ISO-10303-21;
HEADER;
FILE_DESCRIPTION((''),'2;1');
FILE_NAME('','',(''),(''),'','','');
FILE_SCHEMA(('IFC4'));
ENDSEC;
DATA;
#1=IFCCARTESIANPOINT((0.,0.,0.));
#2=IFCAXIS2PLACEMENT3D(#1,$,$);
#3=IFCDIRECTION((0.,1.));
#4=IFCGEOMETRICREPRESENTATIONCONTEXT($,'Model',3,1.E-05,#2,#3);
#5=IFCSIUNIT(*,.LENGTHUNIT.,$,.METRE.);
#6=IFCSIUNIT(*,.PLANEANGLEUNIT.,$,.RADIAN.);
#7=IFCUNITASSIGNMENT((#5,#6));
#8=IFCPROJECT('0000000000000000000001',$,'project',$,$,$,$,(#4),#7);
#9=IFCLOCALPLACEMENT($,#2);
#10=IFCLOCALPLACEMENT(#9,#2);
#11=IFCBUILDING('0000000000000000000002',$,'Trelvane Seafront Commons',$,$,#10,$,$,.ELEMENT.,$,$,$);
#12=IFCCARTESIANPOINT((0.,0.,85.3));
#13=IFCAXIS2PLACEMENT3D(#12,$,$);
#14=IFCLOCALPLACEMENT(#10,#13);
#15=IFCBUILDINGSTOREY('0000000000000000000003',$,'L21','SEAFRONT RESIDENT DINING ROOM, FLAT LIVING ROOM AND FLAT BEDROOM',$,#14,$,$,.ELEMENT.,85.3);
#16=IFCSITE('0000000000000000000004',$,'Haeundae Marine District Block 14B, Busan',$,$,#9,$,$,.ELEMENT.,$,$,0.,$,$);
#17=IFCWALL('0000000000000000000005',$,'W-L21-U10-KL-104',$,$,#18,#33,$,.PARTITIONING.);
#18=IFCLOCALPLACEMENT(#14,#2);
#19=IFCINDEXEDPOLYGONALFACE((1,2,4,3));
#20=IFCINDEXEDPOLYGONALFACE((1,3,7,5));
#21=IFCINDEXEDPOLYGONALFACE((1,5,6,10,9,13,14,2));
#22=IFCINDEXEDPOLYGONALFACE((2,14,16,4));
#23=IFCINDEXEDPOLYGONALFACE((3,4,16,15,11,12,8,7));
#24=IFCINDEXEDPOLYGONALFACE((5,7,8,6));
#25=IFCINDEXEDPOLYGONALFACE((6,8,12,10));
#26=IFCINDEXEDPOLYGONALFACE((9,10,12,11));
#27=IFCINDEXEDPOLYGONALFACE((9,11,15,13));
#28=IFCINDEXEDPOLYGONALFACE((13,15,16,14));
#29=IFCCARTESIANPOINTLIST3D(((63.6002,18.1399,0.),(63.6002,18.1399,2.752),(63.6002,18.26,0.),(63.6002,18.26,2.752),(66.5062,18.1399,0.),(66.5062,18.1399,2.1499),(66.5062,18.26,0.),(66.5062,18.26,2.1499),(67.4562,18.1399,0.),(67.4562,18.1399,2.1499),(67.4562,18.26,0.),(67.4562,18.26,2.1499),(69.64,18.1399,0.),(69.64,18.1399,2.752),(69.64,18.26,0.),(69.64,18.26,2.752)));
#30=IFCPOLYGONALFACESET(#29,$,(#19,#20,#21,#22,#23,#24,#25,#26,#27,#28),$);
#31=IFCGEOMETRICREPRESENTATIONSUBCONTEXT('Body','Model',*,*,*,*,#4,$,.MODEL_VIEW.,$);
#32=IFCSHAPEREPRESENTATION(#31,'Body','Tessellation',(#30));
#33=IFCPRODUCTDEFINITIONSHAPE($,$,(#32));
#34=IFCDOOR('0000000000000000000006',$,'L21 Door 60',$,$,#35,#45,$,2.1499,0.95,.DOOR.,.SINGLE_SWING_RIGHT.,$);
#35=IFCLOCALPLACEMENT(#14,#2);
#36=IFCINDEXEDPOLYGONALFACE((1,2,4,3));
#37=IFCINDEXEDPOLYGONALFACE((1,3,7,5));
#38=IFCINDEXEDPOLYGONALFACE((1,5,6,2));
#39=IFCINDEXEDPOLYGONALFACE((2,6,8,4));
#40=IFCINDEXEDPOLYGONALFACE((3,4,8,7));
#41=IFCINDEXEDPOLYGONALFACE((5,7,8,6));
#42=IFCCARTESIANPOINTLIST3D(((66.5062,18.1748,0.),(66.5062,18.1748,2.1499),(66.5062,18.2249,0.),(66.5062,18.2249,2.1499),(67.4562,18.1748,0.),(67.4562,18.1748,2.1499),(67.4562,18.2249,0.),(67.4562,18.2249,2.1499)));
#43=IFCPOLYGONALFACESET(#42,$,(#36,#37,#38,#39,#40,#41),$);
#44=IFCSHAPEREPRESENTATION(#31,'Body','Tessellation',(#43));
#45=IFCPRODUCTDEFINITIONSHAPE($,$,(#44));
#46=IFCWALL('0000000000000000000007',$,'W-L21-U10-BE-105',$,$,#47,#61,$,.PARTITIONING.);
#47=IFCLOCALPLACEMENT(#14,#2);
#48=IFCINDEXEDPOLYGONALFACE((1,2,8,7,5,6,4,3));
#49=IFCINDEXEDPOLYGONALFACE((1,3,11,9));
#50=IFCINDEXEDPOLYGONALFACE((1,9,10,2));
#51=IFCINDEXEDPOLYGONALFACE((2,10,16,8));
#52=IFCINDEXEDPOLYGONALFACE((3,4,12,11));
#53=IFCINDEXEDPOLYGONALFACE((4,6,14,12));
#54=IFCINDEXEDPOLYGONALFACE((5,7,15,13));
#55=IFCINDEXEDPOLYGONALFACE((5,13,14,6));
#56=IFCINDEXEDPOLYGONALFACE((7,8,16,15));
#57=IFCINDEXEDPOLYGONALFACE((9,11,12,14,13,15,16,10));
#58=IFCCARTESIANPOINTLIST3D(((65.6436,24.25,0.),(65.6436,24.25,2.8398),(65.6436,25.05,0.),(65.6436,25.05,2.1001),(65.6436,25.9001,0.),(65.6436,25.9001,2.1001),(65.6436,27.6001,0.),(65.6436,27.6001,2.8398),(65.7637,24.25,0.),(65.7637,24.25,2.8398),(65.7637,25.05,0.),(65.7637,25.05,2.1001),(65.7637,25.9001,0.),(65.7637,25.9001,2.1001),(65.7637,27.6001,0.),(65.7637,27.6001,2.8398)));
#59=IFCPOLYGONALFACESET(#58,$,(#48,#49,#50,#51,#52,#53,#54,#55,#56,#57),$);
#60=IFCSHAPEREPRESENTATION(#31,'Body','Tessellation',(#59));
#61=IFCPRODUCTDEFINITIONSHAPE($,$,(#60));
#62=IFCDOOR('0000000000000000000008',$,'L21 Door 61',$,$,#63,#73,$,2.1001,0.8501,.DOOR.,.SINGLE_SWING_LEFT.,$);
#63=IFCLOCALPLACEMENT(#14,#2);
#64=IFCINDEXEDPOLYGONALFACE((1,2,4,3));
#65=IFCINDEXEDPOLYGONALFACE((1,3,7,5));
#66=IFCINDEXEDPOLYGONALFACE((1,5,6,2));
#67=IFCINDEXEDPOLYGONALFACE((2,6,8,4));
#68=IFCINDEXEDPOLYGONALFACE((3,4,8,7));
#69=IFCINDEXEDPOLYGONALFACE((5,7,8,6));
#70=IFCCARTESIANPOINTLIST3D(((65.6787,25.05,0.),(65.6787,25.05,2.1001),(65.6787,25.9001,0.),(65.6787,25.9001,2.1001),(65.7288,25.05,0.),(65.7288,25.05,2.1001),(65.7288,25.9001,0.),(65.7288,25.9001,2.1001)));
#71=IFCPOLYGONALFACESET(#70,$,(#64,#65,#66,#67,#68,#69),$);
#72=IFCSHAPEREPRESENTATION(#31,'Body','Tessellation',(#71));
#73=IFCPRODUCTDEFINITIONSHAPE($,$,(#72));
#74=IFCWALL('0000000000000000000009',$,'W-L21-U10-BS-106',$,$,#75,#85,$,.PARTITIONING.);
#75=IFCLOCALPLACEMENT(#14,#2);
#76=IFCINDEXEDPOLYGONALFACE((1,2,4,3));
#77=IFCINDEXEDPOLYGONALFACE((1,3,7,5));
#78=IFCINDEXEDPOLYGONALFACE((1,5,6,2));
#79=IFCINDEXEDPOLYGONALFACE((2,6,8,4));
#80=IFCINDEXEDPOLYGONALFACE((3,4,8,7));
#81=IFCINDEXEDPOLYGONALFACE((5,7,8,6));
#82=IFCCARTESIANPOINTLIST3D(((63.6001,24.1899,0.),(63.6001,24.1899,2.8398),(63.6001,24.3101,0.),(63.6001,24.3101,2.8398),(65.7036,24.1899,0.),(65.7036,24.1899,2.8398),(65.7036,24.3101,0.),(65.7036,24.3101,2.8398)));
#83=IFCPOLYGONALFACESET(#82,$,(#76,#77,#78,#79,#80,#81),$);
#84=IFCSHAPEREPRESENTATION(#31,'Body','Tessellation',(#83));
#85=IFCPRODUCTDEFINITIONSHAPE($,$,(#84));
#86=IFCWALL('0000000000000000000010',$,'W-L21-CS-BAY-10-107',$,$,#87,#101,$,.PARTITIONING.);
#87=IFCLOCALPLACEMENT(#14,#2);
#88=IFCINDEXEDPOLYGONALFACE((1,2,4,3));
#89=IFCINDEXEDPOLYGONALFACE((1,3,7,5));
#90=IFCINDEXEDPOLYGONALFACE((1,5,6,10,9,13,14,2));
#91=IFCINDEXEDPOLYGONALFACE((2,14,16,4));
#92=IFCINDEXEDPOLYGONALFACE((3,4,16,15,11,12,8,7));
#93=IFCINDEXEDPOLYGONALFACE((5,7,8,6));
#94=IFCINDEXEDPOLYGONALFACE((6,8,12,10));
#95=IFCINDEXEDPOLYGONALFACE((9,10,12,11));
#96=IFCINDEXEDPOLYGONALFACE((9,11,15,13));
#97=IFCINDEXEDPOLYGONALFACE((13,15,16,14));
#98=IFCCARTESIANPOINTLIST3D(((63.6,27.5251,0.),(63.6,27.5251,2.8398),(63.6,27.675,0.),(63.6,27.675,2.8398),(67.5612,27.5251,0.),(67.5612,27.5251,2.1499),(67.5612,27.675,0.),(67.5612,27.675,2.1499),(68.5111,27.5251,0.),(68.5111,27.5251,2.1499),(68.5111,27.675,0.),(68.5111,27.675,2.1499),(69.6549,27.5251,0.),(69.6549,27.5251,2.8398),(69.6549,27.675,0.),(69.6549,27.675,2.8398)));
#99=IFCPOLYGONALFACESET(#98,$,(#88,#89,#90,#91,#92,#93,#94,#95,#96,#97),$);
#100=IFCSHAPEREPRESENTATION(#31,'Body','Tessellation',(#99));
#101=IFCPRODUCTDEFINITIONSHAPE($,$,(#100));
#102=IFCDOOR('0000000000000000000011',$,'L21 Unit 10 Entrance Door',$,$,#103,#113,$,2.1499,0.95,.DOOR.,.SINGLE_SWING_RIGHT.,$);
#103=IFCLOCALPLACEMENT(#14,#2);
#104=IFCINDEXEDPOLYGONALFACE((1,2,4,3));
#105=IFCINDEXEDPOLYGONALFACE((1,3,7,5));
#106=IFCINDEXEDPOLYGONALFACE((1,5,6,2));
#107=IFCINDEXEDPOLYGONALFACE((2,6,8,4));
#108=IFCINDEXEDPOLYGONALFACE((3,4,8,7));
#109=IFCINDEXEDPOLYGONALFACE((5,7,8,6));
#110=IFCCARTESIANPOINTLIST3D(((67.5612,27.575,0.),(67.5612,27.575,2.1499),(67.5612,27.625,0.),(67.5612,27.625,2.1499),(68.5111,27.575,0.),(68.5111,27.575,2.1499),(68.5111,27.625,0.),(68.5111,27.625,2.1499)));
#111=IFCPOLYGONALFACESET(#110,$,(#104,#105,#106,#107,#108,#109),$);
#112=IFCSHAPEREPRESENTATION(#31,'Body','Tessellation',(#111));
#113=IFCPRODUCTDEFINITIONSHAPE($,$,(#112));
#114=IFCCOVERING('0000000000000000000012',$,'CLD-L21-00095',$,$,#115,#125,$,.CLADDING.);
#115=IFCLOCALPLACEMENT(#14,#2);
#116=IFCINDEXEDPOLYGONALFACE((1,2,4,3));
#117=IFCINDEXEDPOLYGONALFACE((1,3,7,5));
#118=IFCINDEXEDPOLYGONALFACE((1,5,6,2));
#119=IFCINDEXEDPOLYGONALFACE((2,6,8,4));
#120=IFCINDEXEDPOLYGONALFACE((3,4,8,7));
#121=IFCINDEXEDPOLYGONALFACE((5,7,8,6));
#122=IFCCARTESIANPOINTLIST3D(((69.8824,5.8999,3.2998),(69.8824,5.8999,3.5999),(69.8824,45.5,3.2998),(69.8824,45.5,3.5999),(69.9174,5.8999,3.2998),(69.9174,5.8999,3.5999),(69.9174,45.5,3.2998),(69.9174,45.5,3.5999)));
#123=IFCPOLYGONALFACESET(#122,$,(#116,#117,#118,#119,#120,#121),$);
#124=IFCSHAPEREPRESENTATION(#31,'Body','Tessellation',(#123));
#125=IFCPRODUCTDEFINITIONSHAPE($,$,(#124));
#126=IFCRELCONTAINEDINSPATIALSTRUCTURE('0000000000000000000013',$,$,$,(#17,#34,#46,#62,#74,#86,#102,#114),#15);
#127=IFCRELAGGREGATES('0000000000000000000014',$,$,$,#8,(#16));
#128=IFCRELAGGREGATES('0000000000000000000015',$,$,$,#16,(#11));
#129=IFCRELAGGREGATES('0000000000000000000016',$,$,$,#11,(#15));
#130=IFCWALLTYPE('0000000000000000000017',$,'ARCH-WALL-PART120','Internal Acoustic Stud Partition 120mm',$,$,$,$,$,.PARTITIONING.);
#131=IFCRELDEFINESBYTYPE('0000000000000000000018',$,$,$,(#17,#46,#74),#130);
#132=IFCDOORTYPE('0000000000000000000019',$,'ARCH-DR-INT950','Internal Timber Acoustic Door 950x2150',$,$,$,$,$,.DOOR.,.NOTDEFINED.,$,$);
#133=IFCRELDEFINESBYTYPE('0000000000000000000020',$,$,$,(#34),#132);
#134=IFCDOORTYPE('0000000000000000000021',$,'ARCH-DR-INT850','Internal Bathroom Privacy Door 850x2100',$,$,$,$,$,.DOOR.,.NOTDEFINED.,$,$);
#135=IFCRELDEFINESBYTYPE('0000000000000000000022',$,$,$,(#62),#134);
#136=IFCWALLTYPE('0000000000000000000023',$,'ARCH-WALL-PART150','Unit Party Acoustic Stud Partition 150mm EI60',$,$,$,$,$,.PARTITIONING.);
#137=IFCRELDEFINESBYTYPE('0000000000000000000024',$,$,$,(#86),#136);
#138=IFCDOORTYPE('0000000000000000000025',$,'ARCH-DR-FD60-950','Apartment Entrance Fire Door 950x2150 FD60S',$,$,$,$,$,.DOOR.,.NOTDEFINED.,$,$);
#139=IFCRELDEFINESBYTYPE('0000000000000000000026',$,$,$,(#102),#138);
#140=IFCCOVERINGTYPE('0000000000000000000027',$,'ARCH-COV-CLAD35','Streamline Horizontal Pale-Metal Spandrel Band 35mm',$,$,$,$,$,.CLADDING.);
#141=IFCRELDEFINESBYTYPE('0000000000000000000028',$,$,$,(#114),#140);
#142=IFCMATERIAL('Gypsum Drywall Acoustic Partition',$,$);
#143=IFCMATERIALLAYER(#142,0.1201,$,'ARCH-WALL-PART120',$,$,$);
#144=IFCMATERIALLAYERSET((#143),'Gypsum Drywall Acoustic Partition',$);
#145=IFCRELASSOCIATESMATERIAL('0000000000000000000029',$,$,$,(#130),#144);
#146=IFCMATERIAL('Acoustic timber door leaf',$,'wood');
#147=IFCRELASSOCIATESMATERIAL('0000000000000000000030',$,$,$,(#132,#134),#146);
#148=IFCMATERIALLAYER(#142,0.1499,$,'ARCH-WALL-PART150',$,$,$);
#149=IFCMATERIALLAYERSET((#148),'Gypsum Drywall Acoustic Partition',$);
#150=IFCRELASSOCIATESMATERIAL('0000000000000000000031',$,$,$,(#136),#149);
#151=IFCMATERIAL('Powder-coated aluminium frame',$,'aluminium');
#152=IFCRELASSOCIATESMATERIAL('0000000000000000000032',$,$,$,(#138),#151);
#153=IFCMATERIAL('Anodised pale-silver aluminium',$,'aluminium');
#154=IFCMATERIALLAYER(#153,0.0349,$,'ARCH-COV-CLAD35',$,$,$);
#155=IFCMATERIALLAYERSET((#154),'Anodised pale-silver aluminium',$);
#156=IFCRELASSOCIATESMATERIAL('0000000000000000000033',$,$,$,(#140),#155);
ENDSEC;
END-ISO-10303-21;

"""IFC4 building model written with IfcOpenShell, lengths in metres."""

from ifc_helpers import new_model, si_unit, direction, frame, frame_2d, origin, origin_2d, place, context, subcontext, project, spatial, rectangle, extrude, source, transform, mapped, material, layer, layer_set, type_object, element, fill, save


model = new_model("IFC4")

# Units and contexts
model_context = context("Model", 3, precision=1e-05, world=origin(), true_north=direction((0.0, 1.0)))
body_context = subcontext(model_context, "Body", "Model", "MODEL_VIEW")
ifc_project = project(units=[si_unit("LENGTHUNIT", "METRE"), si_unit("PLANEANGLEUNIT", "RADIAN")], contexts=[model_context])

# Site, building, storey
site_placement = place(None, origin())
site = spatial("IfcSite", under=ifc_project, at=site_placement, Name="Haeundae Marine District Block 14B, Busan", CompositionType="ELEMENT", RefElevation=0.0)
building_placement = place(site_placement, origin())
building = spatial("IfcBuilding", under=site, at=building_placement, Name="Trelvane Seafront Commons", CompositionType="ELEMENT")
storey_placement = place(building_placement, frame((0.0, 0.0, 85.3)))
storey = spatial("IfcBuildingStorey", under=building, at=storey_placement, Name="L21", Description="SEAFRONT RESIDENT DINING ROOM, FLAT LIVING ROOM AND FLAT BEDROOM", CompositionType="ELEMENT", Elevation=85.3)

# Shared definitions
ifc_material_1 = material(Name="Gypsum Drywall Acoustic Partition")
ifc_layer_1 = layer(ifc_material_1, 0.1201, Name="ARCH-WALL-PART120")
ifc_layer_set_1 = layer_set([ifc_layer_1], Name="Gypsum Drywall Acoustic Partition")
wall_type_1 = type_object("IfcWallType", Name="ARCH-WALL-PART120", Description="Internal Acoustic Stud Partition 120mm", PredefinedType="PARTITIONING", material=ifc_layer_set_1)

# Walls, openings, doors
wall_1_placement = place(storey_placement, frame((63.6001, 18.2, 0.0), z_axis=(0.0, 0.0, 1.0), x_axis=(1.0, 0.0, 0.0)))
wall_1 = element("IfcWall", 1, at=wall_1_placement, inside=storey, type_object=wall_type_1, Name="W-L21-U10-KL-104", PredefinedType="PARTITIONING", context=body_context, shape_type="SweptSolid", body=[
    extrude(rectangle(XDim=6.0398, YDim=0.1201, at=frame_2d((3.02, 0.0))), origin(), (0.0, 0.0, 1.0), 2.752),
])
opening_1_placement = place(wall_1_placement, frame((2.906, 0.0, 0.0)))
opening_1 = element("IfcOpeningElement", 2, at=opening_1_placement, cuts=wall_1, PredefinedType="OPENING", context=body_context, shape_type="SweptSolid", body=[
    extrude(rectangle(XDim=0.95, YDim=2.1499, at=frame_2d((0.4751, 1.075))), frame((0.0, 0.0701, 0.0), z_axis=(0.0, -1.0, 0.0), x_axis=(1.0, 0.0, 0.0)), (0.0, 0.0, 1.0), 0.1401),
])
ifc_material_2 = material(Name="Acoustic timber door leaf", Category="wood")
door_type_1 = type_object("IfcDoorType", Name="ARCH-DR-INT950", Description="Internal Timber Acoustic Door 950x2150", OperationType="NOTDEFINED", PredefinedType="DOOR", material=ifc_material_2)
shared_shape_1 = source(origin(), body_context, "Body", "SweptSolid", [
    extrude(rectangle(XDim=0.95, YDim=2.1499, at=frame_2d((0.4751, 1.075))), frame((0.0, 0.0249, 0.0), z_axis=(0.0, -1.0, 0.0), x_axis=(1.0, 0.0, 0.0)), (0.0, 0.0, 1.0), 0.05),
])
door_1_placement = place(opening_1_placement, origin())
door_1 = element("IfcDoor", 3, at=door_1_placement, inside=storey, type_object=door_type_1, Name="L21 Door 60", OperationType="SINGLE_SWING_RIGHT", OverallHeight=2.1499, OverallWidth=0.95, PredefinedType="DOOR", context=body_context, shape_type="MappedRepresentation", body=[
    mapped(shared_shape_1, transform((0.0, 0.0, 0.0), x_axis=(1.0, 0.0, 0.0), y_axis=(0.0, 1.0, 0.0), z_axis=(0.0, 0.0, 1.0), scale=1.0)),
])
fill(opening_1, door_1)
wall_2_placement = place(storey_placement, frame((65.7036, 24.25, 0.0), z_axis=(0.0, 0.0, 1.0), x_axis=(0.0, 1.0, 0.0)))
wall_2 = element("IfcWall", 4, at=wall_2_placement, inside=storey, type_object=wall_type_1, Name="W-L21-U10-BE-105", PredefinedType="PARTITIONING", context=body_context, shape_type="SweptSolid", body=[
    extrude(rectangle(XDim=3.3501, YDim=0.1201, at=frame_2d((1.675, 0.0))), origin(), (0.0, 0.0, 1.0), 2.8398),
])
opening_2_placement = place(wall_2_placement, frame((0.8, 0.0, 0.0)))
opening_2 = element("IfcOpeningElement", 5, at=opening_2_placement, cuts=wall_2, PredefinedType="OPENING", context=body_context, shape_type="SweptSolid", body=[
    extrude(rectangle(XDim=0.8501, YDim=2.1001, at=frame_2d((0.425, 1.05))), frame((0.0, 0.0701, 0.0), z_axis=(0.0, -1.0, 0.0), x_axis=(1.0, 0.0, 0.0)), (0.0, 0.0, 1.0), 0.1401),
])
door_type_2 = type_object("IfcDoorType", Name="ARCH-DR-INT850", Description="Internal Bathroom Privacy Door 850x2100", OperationType="NOTDEFINED", PredefinedType="DOOR", material=ifc_material_2)
shared_shape_2 = source(origin(), body_context, "Body", "SweptSolid", [
    extrude(rectangle(XDim=0.8501, YDim=2.1001, at=frame_2d((0.425, 1.05))), frame((0.0, 0.0249, 0.0), z_axis=(0.0, -1.0, 0.0), x_axis=(1.0, 0.0, 0.0)), (0.0, 0.0, 1.0), 0.05),
])
door_2_placement = place(opening_2_placement, origin())
door_2 = element("IfcDoor", 6, at=door_2_placement, inside=storey, type_object=door_type_2, Name="L21 Door 61", OperationType="SINGLE_SWING_LEFT", OverallHeight=2.1001, OverallWidth=0.8501, PredefinedType="DOOR", context=body_context, shape_type="MappedRepresentation", body=[
    mapped(shared_shape_2, transform((0.0, 0.0, 0.0), x_axis=(1.0, 0.0, 0.0), y_axis=(0.0, 1.0, 0.0), z_axis=(0.0, 0.0, 1.0), scale=1.0)),
])
fill(opening_2, door_2)

# Wall
wall_3_placement = place(storey_placement, frame((63.6001, 24.25, 0.0), z_axis=(0.0, 0.0, 1.0), x_axis=(1.0, 0.0, 0.0)))
element("IfcWall", 7, at=wall_3_placement, inside=storey, type_object=wall_type_1, Name="W-L21-U10-BS-106", PredefinedType="PARTITIONING", context=body_context, shape_type="SweptSolid", body=[
    extrude(rectangle(XDim=2.1035, YDim=0.1201, at=frame_2d((1.0518, 0.0))), origin(), (0.0, 0.0, 1.0), 2.8398),
])

# Wall, opening, door
ifc_layer_2 = layer(ifc_material_1, 0.1499, Name="ARCH-WALL-PART150")
ifc_layer_set_2 = layer_set([ifc_layer_2], Name="Gypsum Drywall Acoustic Partition")
wall_type_2 = type_object("IfcWallType", Name="ARCH-WALL-PART150", Description="Unit Party Acoustic Stud Partition 150mm EI60", PredefinedType="PARTITIONING", material=ifc_layer_set_2)
wall_4_placement = place(storey_placement, frame((63.6001, 27.6001, 0.0), z_axis=(0.0, 0.0, 1.0), x_axis=(1.0, 0.0, 0.0)))
wall_4 = element("IfcWall", 8, at=wall_4_placement, inside=storey, type_object=wall_type_2, Name="W-L21-CS-BAY-10-107", PredefinedType="PARTITIONING", context=body_context, shape_type="SweptSolid", body=[
    extrude(rectangle(XDim=6.0549, YDim=0.1499, at=frame_2d((3.0273, 0.0))), origin(), (0.0, 0.0, 1.0), 2.8398),
])
opening_3_placement = place(wall_4_placement, frame((3.9609, 0.0, 0.0)))
opening_3 = element("IfcOpeningElement", 9, at=opening_3_placement, cuts=wall_4, PredefinedType="OPENING", context=body_context, shape_type="SweptSolid", body=[
    extrude(rectangle(XDim=0.95, YDim=2.1499, at=frame_2d((0.4751, 1.075))), frame((0.0, 0.085, 0.0), z_axis=(0.0, -1.0, 0.0), x_axis=(1.0, 0.0, 0.0)), (0.0, 0.0, 1.0), 0.1699),
])
ifc_material_3 = material(Name="Powder-coated aluminium frame", Category="aluminium")
door_type_3 = type_object("IfcDoorType", Name="ARCH-DR-FD60-950", Description="Apartment Entrance Fire Door 950x2150 FD60S", OperationType="NOTDEFINED", PredefinedType="DOOR", material=ifc_material_3)
door_3_placement = place(opening_3_placement, origin())
door_3 = element("IfcDoor", 10, at=door_3_placement, inside=storey, type_object=door_type_3, Name="L21 Unit 10 Entrance Door", OperationType="SINGLE_SWING_RIGHT", OverallHeight=2.1499, OverallWidth=0.95, PredefinedType="DOOR", context=body_context, shape_type="MappedRepresentation", body=[
    mapped(shared_shape_1, transform((0.0, 0.0, 0.0), x_axis=(1.0, 0.0, 0.0), y_axis=(0.0, 1.0, 0.0), z_axis=(0.0, 0.0, 1.0), scale=1.0)),
])
fill(opening_3, door_3)

# Covering
ifc_material_4 = material(Name="Anodised pale-silver aluminium", Category="aluminium")
ifc_layer_3 = layer(ifc_material_4, 0.0349, Name="ARCH-COV-CLAD35")
ifc_layer_set_3 = layer_set([ifc_layer_3], Name="Anodised pale-silver aluminium")
covering_type = type_object("IfcCoveringType", Name="ARCH-COV-CLAD35", Description="Streamline Horizontal Pale-Metal Spandrel Band 35mm", PredefinedType="CLADDING", material=ifc_layer_set_3)
shared_shape_3 = source(origin(), body_context, "Body", "SweptSolid", [
    extrude(rectangle(XDim=39.6001, YDim=0.0349, at=origin_2d()), origin(), (0.0, 0.0, 1.0), 0.3),
])
covering_placement = place(storey_placement, frame((69.8999, 25.7, 3.2998), z_axis=(0.0, 0.0, 1.0), x_axis=(0.0, -1.0, 0.0)))
element("IfcCovering", 11, at=covering_placement, inside=storey, type_object=covering_type, Name="CLD-L21-00095", PredefinedType="CLADDING", context=body_context, shape_type="MappedRepresentation", body=[
    mapped(shared_shape_3, transform((0.0, 0.0, 0.0), x_axis=(1.0, 0.0, 0.0), y_axis=(0.0, 1.0, 0.0), z_axis=(0.0, 0.0, 1.0), scale=1.0)),
])

save(model, "model.ifc")
